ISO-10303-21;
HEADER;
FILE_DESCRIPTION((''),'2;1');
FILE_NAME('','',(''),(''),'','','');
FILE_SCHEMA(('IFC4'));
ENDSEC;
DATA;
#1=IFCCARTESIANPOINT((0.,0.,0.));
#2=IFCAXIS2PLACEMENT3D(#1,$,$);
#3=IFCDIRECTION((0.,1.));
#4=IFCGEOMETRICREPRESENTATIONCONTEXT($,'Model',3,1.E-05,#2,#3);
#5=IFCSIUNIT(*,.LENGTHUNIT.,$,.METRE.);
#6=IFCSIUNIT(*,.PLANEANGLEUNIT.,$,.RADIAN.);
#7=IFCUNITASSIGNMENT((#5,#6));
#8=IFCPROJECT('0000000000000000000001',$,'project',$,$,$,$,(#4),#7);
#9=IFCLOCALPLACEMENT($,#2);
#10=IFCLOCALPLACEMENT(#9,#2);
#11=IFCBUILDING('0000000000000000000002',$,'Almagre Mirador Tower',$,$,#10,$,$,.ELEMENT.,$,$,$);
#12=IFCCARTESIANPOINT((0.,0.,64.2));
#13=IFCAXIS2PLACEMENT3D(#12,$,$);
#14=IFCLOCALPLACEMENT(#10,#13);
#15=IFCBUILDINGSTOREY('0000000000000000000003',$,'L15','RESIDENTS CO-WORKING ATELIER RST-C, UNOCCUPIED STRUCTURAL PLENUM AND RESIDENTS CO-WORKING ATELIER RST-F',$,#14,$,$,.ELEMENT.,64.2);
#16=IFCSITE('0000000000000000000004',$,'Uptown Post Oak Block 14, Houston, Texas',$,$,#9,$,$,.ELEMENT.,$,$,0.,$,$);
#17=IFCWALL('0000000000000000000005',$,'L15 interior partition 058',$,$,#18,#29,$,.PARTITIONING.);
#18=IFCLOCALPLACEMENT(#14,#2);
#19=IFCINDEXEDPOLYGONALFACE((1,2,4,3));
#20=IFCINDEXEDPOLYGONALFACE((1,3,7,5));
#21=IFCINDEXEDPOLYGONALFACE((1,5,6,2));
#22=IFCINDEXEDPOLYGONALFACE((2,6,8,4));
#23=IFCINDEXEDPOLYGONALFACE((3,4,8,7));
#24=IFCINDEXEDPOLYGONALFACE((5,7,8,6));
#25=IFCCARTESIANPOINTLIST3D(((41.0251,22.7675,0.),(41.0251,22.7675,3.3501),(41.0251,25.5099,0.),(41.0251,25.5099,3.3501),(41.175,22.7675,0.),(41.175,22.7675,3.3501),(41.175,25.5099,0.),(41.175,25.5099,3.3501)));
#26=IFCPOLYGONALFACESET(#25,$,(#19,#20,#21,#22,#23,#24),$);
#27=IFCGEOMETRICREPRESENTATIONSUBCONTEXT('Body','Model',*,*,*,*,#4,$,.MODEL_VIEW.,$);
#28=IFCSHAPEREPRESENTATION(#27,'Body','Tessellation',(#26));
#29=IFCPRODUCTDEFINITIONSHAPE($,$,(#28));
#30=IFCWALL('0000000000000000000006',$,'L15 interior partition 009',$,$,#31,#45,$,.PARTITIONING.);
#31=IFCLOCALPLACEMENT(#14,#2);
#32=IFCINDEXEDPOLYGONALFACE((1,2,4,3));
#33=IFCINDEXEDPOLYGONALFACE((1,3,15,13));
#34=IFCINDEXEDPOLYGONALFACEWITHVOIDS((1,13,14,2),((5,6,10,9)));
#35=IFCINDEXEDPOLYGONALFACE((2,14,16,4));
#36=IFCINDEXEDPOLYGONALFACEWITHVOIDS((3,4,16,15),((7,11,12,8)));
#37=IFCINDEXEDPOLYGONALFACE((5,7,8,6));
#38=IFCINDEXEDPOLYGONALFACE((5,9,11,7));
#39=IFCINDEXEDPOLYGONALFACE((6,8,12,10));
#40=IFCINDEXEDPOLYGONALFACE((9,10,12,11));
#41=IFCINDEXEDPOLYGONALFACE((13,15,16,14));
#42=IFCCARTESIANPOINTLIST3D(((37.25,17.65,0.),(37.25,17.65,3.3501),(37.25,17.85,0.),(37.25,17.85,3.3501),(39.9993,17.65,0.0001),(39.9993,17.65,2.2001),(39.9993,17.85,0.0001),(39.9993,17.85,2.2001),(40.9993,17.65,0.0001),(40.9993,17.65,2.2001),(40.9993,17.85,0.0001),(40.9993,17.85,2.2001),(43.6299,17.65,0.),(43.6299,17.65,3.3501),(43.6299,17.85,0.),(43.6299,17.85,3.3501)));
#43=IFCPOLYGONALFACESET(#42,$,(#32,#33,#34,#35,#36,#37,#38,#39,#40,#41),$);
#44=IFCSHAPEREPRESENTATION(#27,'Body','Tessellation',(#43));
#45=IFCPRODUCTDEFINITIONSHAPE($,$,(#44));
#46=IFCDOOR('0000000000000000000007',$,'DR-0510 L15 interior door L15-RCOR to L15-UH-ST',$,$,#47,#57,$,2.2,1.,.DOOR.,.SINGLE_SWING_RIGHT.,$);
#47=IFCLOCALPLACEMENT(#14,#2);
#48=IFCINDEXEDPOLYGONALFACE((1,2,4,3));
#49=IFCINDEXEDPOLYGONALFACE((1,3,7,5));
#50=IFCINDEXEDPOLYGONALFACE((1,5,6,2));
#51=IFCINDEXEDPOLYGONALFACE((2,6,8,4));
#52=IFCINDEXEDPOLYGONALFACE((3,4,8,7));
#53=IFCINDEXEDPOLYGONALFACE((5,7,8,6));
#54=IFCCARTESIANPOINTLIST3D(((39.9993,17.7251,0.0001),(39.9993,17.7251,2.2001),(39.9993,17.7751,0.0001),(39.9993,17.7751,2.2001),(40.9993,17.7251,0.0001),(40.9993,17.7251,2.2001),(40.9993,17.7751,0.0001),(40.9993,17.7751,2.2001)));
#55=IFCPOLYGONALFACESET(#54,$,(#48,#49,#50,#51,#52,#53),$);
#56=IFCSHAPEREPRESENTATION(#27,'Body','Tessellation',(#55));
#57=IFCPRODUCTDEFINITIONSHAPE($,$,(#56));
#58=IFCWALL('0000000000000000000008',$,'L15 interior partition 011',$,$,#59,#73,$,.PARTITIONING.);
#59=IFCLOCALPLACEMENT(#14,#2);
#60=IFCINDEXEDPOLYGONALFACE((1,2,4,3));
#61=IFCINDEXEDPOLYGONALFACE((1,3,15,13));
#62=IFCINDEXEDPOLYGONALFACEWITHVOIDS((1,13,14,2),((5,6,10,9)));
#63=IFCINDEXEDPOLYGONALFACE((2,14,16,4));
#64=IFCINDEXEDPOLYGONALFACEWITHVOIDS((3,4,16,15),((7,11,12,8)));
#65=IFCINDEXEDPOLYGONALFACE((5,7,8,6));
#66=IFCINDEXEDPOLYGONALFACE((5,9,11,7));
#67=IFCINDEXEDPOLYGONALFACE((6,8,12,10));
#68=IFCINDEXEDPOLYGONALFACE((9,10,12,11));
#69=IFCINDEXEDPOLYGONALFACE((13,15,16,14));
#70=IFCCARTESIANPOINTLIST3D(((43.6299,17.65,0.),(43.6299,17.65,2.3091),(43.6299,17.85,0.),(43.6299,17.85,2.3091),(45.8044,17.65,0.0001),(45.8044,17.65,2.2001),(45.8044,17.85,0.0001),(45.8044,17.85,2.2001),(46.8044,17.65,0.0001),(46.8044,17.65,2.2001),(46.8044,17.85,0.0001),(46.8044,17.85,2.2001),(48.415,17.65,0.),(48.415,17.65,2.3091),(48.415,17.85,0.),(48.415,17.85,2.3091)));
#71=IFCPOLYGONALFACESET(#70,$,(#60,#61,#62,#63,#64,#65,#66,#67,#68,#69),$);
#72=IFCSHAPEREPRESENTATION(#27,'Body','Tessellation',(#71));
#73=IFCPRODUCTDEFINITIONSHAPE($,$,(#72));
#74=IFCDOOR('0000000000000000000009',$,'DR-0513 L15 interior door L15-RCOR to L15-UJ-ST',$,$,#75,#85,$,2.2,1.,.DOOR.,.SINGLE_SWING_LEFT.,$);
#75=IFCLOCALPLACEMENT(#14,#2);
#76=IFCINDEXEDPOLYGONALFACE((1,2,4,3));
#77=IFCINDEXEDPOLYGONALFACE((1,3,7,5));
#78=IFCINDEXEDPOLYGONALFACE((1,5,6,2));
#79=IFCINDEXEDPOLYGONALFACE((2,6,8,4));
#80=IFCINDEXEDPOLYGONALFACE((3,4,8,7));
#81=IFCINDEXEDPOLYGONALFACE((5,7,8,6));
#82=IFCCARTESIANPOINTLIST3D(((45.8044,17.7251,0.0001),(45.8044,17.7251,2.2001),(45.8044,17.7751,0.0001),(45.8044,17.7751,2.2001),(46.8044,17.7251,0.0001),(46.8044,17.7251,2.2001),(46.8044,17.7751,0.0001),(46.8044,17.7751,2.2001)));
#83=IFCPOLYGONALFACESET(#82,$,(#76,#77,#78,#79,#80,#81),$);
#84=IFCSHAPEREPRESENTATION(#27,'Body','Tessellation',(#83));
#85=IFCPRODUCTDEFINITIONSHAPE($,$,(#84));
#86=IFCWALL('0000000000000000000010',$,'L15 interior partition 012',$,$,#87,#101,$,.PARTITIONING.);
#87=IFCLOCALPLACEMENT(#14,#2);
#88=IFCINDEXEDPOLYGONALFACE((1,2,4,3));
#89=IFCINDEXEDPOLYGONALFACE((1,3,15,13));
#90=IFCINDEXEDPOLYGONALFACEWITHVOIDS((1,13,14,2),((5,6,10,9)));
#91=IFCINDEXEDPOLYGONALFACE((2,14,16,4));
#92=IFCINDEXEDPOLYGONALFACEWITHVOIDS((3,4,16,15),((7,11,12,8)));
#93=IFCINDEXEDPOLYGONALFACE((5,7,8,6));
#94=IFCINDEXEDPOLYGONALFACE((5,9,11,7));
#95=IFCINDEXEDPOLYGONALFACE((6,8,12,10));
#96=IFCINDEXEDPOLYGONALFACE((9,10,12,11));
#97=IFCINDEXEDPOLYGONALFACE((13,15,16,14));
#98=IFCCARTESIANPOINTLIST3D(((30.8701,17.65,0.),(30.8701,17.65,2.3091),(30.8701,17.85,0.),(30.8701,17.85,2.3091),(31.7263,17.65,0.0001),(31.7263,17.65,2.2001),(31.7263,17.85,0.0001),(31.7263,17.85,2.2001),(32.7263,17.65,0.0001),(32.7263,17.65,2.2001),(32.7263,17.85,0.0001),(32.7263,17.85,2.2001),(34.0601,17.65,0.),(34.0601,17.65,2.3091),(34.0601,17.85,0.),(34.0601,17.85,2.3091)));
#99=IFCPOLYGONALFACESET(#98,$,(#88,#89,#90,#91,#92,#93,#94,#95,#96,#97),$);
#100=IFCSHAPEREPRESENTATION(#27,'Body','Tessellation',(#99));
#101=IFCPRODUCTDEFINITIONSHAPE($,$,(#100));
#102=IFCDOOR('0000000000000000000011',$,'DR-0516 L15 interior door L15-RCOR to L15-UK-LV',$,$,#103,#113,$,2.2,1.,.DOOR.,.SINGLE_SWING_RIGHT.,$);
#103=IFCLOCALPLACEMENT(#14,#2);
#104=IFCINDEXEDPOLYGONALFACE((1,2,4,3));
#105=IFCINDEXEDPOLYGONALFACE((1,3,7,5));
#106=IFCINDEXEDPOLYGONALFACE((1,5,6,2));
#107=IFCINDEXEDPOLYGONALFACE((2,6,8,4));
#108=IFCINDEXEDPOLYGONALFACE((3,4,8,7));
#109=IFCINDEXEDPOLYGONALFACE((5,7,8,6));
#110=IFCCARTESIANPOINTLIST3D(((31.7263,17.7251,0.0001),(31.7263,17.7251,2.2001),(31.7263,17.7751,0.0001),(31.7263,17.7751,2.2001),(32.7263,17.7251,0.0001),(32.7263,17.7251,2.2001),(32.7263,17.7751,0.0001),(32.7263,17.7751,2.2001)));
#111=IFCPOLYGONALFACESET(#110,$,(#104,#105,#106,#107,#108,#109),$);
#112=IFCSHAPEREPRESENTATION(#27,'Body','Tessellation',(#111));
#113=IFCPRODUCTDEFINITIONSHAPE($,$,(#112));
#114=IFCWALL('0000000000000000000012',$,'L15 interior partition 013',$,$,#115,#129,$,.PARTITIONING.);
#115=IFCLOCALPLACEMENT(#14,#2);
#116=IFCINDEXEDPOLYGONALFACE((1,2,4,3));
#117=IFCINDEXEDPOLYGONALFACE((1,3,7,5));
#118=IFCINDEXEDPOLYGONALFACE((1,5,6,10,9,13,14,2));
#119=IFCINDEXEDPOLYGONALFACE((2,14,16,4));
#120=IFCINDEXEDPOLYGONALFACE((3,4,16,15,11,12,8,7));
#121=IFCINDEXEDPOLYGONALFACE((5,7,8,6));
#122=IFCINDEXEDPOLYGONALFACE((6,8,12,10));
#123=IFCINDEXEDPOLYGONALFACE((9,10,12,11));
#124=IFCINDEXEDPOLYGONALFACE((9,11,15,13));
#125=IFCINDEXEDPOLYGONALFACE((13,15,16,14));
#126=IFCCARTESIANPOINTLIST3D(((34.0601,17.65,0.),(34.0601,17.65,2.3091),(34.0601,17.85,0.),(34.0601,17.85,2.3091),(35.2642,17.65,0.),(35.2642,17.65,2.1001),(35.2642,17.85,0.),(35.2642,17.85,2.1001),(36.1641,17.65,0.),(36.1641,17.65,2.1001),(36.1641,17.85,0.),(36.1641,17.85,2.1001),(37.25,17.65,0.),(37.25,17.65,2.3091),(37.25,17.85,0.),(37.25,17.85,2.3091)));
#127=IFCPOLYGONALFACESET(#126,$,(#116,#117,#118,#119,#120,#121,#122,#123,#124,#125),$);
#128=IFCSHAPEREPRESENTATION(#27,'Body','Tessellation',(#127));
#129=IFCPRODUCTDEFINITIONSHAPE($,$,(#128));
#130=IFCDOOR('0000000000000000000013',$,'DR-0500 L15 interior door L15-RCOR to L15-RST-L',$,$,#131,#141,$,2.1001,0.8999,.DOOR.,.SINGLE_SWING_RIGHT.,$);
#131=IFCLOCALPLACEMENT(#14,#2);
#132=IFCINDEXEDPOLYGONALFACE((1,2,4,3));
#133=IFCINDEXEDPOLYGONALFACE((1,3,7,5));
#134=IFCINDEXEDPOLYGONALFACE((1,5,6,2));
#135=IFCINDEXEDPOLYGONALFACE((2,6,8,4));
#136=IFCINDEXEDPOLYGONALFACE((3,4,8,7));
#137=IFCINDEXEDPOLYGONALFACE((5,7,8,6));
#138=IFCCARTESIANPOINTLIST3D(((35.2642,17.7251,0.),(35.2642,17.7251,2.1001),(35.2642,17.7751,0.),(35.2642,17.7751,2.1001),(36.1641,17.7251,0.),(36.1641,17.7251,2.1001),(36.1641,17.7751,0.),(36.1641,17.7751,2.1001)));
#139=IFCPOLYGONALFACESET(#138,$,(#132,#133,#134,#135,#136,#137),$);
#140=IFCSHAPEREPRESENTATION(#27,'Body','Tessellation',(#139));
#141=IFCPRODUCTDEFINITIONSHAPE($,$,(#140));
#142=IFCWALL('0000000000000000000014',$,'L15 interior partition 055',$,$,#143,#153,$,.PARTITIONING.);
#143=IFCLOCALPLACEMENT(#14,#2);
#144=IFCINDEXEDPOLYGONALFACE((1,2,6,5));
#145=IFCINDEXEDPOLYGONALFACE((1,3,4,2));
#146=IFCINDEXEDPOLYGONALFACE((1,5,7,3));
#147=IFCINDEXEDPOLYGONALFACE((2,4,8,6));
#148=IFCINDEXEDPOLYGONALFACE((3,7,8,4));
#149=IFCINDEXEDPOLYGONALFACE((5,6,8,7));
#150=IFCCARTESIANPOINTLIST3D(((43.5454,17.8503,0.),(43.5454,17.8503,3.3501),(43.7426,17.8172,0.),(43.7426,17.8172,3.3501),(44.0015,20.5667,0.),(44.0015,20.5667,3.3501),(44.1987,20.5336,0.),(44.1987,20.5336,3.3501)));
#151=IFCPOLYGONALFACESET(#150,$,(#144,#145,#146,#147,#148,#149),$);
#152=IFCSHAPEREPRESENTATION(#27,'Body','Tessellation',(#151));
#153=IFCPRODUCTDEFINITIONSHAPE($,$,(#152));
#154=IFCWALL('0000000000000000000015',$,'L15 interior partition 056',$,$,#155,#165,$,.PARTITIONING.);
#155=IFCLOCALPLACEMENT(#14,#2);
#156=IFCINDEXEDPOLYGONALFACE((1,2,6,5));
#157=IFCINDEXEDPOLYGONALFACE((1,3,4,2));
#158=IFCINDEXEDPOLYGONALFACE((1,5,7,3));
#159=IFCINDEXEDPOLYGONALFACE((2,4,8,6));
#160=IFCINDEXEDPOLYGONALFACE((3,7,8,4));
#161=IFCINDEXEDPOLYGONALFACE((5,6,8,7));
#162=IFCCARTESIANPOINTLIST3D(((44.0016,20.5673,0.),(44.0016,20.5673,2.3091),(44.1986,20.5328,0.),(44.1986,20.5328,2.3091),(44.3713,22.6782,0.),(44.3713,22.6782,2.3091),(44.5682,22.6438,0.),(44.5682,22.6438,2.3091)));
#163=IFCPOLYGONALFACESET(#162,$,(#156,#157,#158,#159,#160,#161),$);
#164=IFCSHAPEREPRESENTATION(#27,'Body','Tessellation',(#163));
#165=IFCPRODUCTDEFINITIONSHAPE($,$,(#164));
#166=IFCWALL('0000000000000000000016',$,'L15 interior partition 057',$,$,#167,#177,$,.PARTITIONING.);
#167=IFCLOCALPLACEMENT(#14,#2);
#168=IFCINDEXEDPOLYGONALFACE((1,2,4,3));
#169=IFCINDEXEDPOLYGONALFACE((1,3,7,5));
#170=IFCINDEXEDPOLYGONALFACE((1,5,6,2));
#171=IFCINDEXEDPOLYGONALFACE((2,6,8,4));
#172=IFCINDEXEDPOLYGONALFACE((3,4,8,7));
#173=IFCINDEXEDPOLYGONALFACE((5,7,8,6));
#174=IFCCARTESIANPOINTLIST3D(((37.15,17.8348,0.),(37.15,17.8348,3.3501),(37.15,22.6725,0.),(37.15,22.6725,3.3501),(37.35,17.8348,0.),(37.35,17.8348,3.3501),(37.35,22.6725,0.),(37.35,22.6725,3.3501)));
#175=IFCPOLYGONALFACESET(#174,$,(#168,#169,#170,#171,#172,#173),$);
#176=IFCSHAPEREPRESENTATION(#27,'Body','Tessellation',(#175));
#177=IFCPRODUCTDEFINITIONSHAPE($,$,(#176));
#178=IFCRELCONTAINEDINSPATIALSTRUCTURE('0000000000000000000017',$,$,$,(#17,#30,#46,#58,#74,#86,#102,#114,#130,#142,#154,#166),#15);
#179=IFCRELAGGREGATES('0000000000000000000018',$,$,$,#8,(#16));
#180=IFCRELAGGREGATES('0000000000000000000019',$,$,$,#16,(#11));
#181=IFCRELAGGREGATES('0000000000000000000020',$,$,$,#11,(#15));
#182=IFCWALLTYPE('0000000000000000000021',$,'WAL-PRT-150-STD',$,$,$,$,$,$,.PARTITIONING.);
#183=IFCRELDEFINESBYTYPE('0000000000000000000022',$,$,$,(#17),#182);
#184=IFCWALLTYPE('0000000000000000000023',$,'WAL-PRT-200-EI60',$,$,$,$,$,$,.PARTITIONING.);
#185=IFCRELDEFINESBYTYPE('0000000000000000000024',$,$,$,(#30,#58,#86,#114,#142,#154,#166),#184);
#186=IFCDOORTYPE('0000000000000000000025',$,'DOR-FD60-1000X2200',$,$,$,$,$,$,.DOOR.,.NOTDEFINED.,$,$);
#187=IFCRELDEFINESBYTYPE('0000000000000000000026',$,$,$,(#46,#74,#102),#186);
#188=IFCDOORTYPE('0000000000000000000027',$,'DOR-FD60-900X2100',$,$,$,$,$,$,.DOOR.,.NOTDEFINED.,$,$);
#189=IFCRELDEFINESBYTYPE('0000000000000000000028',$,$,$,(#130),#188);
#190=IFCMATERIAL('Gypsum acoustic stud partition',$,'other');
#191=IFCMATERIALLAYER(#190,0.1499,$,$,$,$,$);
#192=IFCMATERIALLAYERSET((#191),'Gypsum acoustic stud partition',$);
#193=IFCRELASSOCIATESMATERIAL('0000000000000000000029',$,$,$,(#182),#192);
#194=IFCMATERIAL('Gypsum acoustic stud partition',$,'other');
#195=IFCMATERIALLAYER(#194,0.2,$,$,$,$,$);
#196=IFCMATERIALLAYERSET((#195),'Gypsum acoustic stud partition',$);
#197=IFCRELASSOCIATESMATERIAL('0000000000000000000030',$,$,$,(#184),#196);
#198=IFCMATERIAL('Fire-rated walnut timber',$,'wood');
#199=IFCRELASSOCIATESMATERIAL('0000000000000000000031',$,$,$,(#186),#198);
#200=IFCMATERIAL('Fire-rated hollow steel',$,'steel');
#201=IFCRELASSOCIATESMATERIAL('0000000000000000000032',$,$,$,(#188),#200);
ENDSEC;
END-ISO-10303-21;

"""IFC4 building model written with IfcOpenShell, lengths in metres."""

from ifc_helpers import new_model, si_unit, direction, frame, frame_2d, origin, place, context, subcontext, project, spatial, rectangle, extrude, material, layer, layer_set, type_object, element, fill, save


model = new_model("IFC4")

# Units and contexts
model_context = context("Model", 3, precision=1e-05, world=origin(), true_north=direction((0.0, 1.0)))
body_context = subcontext(model_context, "Body", "Model", "MODEL_VIEW")
ifc_project = project(units=[si_unit("LENGTHUNIT", "METRE"), si_unit("PLANEANGLEUNIT", "RADIAN")], contexts=[model_context])

# Site, building, storey
site_placement = place(None, origin())
site = spatial("IfcSite", under=ifc_project, at=site_placement, Name="Uptown Post Oak Block 14, Houston, Texas", CompositionType="ELEMENT", RefElevation=0.0)
building_placement = place(site_placement, origin())
building = spatial("IfcBuilding", under=site, at=building_placement, Name="Almagre Mirador Tower", CompositionType="ELEMENT")
storey_placement = place(building_placement, frame((0.0, 0.0, 64.2)))
storey = spatial("IfcBuildingStorey", under=building, at=storey_placement, Name="L15", Description="RESIDENTS CO-WORKING ATELIER RST-C, UNOCCUPIED STRUCTURAL PLENUM AND RESIDENTS CO-WORKING ATELIER RST-F", CompositionType="ELEMENT", Elevation=64.2)

# Shared definitions
ifc_material_1 = material(Name="Gypsum acoustic stud partition", Category="other")
ifc_layer_1 = layer(ifc_material_1, 0.1499)
ifc_layer_set_1 = layer_set([ifc_layer_1], Name="Gypsum acoustic stud partition")
wall_type_1 = type_object("IfcWallType", Name="WAL-PRT-150-STD", PredefinedType="PARTITIONING", material=ifc_layer_set_1)

# Wall
wall_1_placement = place(storey_placement, frame((41.1001, 22.7676, 0.0), z_axis=(0.0, 0.0, 1.0), x_axis=(0.0, 1.0, 0.0)))
element("IfcWall", 1, at=wall_1_placement, inside=storey, type_object=wall_type_1, Name="L15 interior partition 058", PredefinedType="PARTITIONING", context=body_context, shape_type="SweptSolid", body=[
    extrude(rectangle(XDim=2.7424, YDim=0.1499, at=frame_2d((1.3711, 0.0))), origin(), (0.0, 0.0, 1.0), 3.3501),
])

# Walls, openings, doors
ifc_material_2 = material(Name="Gypsum acoustic stud partition", Category="other")
ifc_layer_2 = layer(ifc_material_2, 0.2)
ifc_layer_set_2 = layer_set([ifc_layer_2], Name="Gypsum acoustic stud partition")
wall_type_2 = type_object("IfcWallType", Name="WAL-PRT-200-EI60", PredefinedType="PARTITIONING", material=ifc_layer_set_2)
wall_2_placement = place(storey_placement, frame((43.6299, 17.75, 0.0), z_axis=(0.0, 0.0, 1.0), x_axis=(-1.0, 0.0, 0.0)))
wall_2 = element("IfcWall", 2, at=wall_2_placement, inside=storey, type_object=wall_type_2, Name="L15 interior partition 009", PredefinedType="PARTITIONING", context=body_context, shape_type="SweptSolid", body=[
    extrude(rectangle(XDim=6.3799, YDim=0.2, at=frame_2d((3.1899, 0.0))), origin(), (0.0, 0.0, 1.0), 3.3501),
])
opening_1_placement = place(wall_2_placement, frame((2.6306, 0.0, 0.0)))
opening_1 = element("IfcOpeningElement", 3, at=opening_1_placement, cuts=wall_2, PredefinedType="OPENING", context=body_context, shape_type="SweptSolid", body=[
    extrude(rectangle(XDim=1.0, YDim=2.2, at=frame_2d((0.5, 1.1001))), frame((0.0, 0.1101, 0.0), z_axis=(0.0, -1.0, 0.0), x_axis=(1.0, 0.0, 0.0)), (0.0, 0.0, 1.0), 0.22),
])
ifc_material_3 = material(Name="Fire-rated walnut timber", Category="wood")
door_type_1 = type_object("IfcDoorType", Name="DOR-FD60-1000X2200", OperationType="NOTDEFINED", PredefinedType="DOOR", material=ifc_material_3)
door_1_placement = place(opening_1_placement, origin())
door_1 = element("IfcDoor", 4, at=door_1_placement, inside=storey, type_object=door_type_1, Name="DR-0510 L15 interior door L15-RCOR to L15-UH-ST", OperationType="SINGLE_SWING_RIGHT", OverallHeight=2.2, OverallWidth=1.0, PredefinedType="DOOR", context=body_context, shape_type="SweptSolid", body=[
    extrude(rectangle(XDim=1.0, YDim=2.2, at=frame_2d((0.5, 1.1001))), frame((0.0, 0.0249, 0.0), z_axis=(0.0, -1.0, 0.0), x_axis=(1.0, 0.0, 0.0)), (0.0, 0.0, 1.0), 0.05),
])
fill(opening_1, door_1)
wall_3_placement = place(storey_placement, frame((48.415, 17.75, 0.0), z_axis=(0.0, 0.0, 1.0), x_axis=(-1.0, 0.0, 0.0)))
wall_3 = element("IfcWall", 5, at=wall_3_placement, inside=storey, type_object=wall_type_2, Name="L15 interior partition 011", PredefinedType="PARTITIONING", context=body_context, shape_type="SweptSolid", body=[
    extrude(rectangle(XDim=4.7852, YDim=0.2, at=frame_2d((2.3926, 0.0))), origin(), (0.0, 0.0, 1.0), 2.3091),
])
opening_2_placement = place(wall_3_placement, frame((1.6106, 0.0, 0.0)))
opening_2 = element("IfcOpeningElement", 6, at=opening_2_placement, cuts=wall_3, PredefinedType="OPENING", context=body_context, shape_type="SweptSolid", body=[
    extrude(rectangle(XDim=1.0, YDim=2.2, at=frame_2d((0.5, 1.1001))), frame((0.0, 0.1101, 0.0), z_axis=(0.0, -1.0, 0.0), x_axis=(1.0, 0.0, 0.0)), (0.0, 0.0, 1.0), 0.22),
])
door_2_placement = place(opening_2_placement, origin())
door_2 = element("IfcDoor", 7, at=door_2_placement, inside=storey, type_object=door_type_1, Name="DR-0513 L15 interior door L15-RCOR to L15-UJ-ST", OperationType="SINGLE_SWING_LEFT", OverallHeight=2.2, OverallWidth=1.0, PredefinedType="DOOR", context=body_context, shape_type="SweptSolid", body=[
    extrude(rectangle(XDim=1.0, YDim=2.2, at=frame_2d((0.5, 1.1001))), frame((0.0, 0.0249, 0.0), z_axis=(0.0, -1.0, 0.0), x_axis=(1.0, 0.0, 0.0)), (0.0, 0.0, 1.0), 0.05),
])
fill(opening_2, door_2)
wall_4_placement = place(storey_placement, frame((34.0601, 17.75, 0.0), z_axis=(0.0, 0.0, 1.0), x_axis=(-1.0, 0.0, 0.0)))
wall_4 = element("IfcWall", 8, at=wall_4_placement, inside=storey, type_object=wall_type_2, Name="L15 interior partition 012", PredefinedType="PARTITIONING", context=body_context, shape_type="SweptSolid", body=[
    extrude(rectangle(XDim=3.1899, YDim=0.2, at=frame_2d((1.595, 0.0))), origin(), (0.0, 0.0, 1.0), 2.3091),
])
opening_3_placement = place(wall_4_placement, frame((1.3337, 0.0, 0.0)))
opening_3 = element("IfcOpeningElement", 9, at=opening_3_placement, cuts=wall_4, PredefinedType="OPENING", context=body_context, shape_type="SweptSolid", body=[
    extrude(rectangle(XDim=1.0, YDim=2.2, at=frame_2d((0.5, 1.1001))), frame((0.0, 0.1101, 0.0), z_axis=(0.0, -1.0, 0.0), x_axis=(1.0, 0.0, 0.0)), (0.0, 0.0, 1.0), 0.22),
])
door_3_placement = place(opening_3_placement, origin())
door_3 = element("IfcDoor", 10, at=door_3_placement, inside=storey, type_object=door_type_1, Name="DR-0516 L15 interior door L15-RCOR to L15-UK-LV", OperationType="SINGLE_SWING_RIGHT", OverallHeight=2.2, OverallWidth=1.0, PredefinedType="DOOR", context=body_context, shape_type="SweptSolid", body=[
    extrude(rectangle(XDim=1.0, YDim=2.2, at=frame_2d((0.5, 1.1001))), frame((0.0, 0.0249, 0.0), z_axis=(0.0, -1.0, 0.0), x_axis=(1.0, 0.0, 0.0)), (0.0, 0.0, 1.0), 0.05),
])
fill(opening_3, door_3)
wall_5_placement = place(storey_placement, frame((37.25, 17.75, 0.0), z_axis=(0.0, 0.0, 1.0), x_axis=(-1.0, 0.0, 0.0)))
wall_5 = element("IfcWall", 11, at=wall_5_placement, inside=storey, type_object=wall_type_2, Name="L15 interior partition 013", PredefinedType="PARTITIONING", context=body_context, shape_type="SweptSolid", body=[
    extrude(rectangle(XDim=3.1899, YDim=0.2, at=frame_2d((1.595, 0.0))), origin(), (0.0, 0.0, 1.0), 2.3091),
])
opening_4_placement = place(wall_5_placement, frame((1.0859, 0.0, 0.0)))
opening_4 = element("IfcOpeningElement", 12, at=opening_4_placement, cuts=wall_5, PredefinedType="OPENING", context=body_context, shape_type="SweptSolid", body=[
    extrude(rectangle(XDim=0.8999, YDim=2.1001, at=frame_2d((0.45, 1.05))), frame((0.0, 0.1101, 0.0), z_axis=(0.0, -1.0, 0.0), x_axis=(1.0, 0.0, 0.0)), (0.0, 0.0, 1.0), 0.22),
])
ifc_material_4 = material(Name="Fire-rated hollow steel", Category="steel")
door_type_2 = type_object("IfcDoorType", Name="DOR-FD60-900X2100", OperationType="NOTDEFINED", PredefinedType="DOOR", material=ifc_material_4)
door_4_placement = place(opening_4_placement, origin())
door_4 = element("IfcDoor", 13, at=door_4_placement, inside=storey, type_object=door_type_2, Name="DR-0500 L15 interior door L15-RCOR to L15-RST-L", OperationType="SINGLE_SWING_RIGHT", OverallHeight=2.1001, OverallWidth=0.8999, PredefinedType="DOOR", context=body_context, shape_type="SweptSolid", body=[
    extrude(rectangle(XDim=0.8999, YDim=2.1001, at=frame_2d((0.45, 1.05))), frame((0.0, 0.0249, 0.0), z_axis=(0.0, -1.0, 0.0), x_axis=(1.0, 0.0, 0.0)), (0.0, 0.0, 1.0), 0.05),
])
fill(opening_4, door_4)

# Walls
wall_6_placement = place(storey_placement, frame((43.644, 17.8337, 0.0), z_axis=(0.0, 0.0, 1.0), x_axis=(0.165578, 0.986197, 0.0)))
element("IfcWall", 14, at=wall_6_placement, inside=storey, type_object=wall_type_2, Name="L15 interior partition 055", PredefinedType="PARTITIONING", context=body_context, shape_type="SweptSolid", body=[
    extrude(rectangle(XDim=2.7544, YDim=0.2, at=frame_2d((1.3772, 0.0))), origin(), (0.0, 0.0, 1.0), 3.3501),
])
wall_7_placement = place(storey_placement, frame((44.1001, 20.55, 0.0), z_axis=(0.0, 0.0, 1.0), x_axis=(0.172485, 0.985012, 0.0)))
element("IfcWall", 15, at=wall_7_placement, inside=storey, type_object=wall_type_2, Name="L15 interior partition 056", PredefinedType="PARTITIONING", context=body_context, shape_type="SweptSolid", body=[
    extrude(rectangle(XDim=2.1431, YDim=0.2, at=frame_2d((1.0715, 0.0))), origin(), (0.0, 0.0, 1.0), 2.3091),
])
wall_8_placement = place(storey_placement, frame((37.25, 22.6726, 0.0), z_axis=(0.0, 0.0, 1.0), x_axis=(0.0, -1.0, 0.0)))
element("IfcWall", 16, at=wall_8_placement, inside=storey, type_object=wall_type_2, Name="L15 interior partition 057", PredefinedType="PARTITIONING", context=body_context, shape_type="SweptSolid", body=[
    extrude(rectangle(XDim=4.8376, YDim=0.2, at=frame_2d((2.4189, 0.0))), origin(), (0.0, 0.0, 1.0), 3.3501),
])

save(model, "model.ifc")
